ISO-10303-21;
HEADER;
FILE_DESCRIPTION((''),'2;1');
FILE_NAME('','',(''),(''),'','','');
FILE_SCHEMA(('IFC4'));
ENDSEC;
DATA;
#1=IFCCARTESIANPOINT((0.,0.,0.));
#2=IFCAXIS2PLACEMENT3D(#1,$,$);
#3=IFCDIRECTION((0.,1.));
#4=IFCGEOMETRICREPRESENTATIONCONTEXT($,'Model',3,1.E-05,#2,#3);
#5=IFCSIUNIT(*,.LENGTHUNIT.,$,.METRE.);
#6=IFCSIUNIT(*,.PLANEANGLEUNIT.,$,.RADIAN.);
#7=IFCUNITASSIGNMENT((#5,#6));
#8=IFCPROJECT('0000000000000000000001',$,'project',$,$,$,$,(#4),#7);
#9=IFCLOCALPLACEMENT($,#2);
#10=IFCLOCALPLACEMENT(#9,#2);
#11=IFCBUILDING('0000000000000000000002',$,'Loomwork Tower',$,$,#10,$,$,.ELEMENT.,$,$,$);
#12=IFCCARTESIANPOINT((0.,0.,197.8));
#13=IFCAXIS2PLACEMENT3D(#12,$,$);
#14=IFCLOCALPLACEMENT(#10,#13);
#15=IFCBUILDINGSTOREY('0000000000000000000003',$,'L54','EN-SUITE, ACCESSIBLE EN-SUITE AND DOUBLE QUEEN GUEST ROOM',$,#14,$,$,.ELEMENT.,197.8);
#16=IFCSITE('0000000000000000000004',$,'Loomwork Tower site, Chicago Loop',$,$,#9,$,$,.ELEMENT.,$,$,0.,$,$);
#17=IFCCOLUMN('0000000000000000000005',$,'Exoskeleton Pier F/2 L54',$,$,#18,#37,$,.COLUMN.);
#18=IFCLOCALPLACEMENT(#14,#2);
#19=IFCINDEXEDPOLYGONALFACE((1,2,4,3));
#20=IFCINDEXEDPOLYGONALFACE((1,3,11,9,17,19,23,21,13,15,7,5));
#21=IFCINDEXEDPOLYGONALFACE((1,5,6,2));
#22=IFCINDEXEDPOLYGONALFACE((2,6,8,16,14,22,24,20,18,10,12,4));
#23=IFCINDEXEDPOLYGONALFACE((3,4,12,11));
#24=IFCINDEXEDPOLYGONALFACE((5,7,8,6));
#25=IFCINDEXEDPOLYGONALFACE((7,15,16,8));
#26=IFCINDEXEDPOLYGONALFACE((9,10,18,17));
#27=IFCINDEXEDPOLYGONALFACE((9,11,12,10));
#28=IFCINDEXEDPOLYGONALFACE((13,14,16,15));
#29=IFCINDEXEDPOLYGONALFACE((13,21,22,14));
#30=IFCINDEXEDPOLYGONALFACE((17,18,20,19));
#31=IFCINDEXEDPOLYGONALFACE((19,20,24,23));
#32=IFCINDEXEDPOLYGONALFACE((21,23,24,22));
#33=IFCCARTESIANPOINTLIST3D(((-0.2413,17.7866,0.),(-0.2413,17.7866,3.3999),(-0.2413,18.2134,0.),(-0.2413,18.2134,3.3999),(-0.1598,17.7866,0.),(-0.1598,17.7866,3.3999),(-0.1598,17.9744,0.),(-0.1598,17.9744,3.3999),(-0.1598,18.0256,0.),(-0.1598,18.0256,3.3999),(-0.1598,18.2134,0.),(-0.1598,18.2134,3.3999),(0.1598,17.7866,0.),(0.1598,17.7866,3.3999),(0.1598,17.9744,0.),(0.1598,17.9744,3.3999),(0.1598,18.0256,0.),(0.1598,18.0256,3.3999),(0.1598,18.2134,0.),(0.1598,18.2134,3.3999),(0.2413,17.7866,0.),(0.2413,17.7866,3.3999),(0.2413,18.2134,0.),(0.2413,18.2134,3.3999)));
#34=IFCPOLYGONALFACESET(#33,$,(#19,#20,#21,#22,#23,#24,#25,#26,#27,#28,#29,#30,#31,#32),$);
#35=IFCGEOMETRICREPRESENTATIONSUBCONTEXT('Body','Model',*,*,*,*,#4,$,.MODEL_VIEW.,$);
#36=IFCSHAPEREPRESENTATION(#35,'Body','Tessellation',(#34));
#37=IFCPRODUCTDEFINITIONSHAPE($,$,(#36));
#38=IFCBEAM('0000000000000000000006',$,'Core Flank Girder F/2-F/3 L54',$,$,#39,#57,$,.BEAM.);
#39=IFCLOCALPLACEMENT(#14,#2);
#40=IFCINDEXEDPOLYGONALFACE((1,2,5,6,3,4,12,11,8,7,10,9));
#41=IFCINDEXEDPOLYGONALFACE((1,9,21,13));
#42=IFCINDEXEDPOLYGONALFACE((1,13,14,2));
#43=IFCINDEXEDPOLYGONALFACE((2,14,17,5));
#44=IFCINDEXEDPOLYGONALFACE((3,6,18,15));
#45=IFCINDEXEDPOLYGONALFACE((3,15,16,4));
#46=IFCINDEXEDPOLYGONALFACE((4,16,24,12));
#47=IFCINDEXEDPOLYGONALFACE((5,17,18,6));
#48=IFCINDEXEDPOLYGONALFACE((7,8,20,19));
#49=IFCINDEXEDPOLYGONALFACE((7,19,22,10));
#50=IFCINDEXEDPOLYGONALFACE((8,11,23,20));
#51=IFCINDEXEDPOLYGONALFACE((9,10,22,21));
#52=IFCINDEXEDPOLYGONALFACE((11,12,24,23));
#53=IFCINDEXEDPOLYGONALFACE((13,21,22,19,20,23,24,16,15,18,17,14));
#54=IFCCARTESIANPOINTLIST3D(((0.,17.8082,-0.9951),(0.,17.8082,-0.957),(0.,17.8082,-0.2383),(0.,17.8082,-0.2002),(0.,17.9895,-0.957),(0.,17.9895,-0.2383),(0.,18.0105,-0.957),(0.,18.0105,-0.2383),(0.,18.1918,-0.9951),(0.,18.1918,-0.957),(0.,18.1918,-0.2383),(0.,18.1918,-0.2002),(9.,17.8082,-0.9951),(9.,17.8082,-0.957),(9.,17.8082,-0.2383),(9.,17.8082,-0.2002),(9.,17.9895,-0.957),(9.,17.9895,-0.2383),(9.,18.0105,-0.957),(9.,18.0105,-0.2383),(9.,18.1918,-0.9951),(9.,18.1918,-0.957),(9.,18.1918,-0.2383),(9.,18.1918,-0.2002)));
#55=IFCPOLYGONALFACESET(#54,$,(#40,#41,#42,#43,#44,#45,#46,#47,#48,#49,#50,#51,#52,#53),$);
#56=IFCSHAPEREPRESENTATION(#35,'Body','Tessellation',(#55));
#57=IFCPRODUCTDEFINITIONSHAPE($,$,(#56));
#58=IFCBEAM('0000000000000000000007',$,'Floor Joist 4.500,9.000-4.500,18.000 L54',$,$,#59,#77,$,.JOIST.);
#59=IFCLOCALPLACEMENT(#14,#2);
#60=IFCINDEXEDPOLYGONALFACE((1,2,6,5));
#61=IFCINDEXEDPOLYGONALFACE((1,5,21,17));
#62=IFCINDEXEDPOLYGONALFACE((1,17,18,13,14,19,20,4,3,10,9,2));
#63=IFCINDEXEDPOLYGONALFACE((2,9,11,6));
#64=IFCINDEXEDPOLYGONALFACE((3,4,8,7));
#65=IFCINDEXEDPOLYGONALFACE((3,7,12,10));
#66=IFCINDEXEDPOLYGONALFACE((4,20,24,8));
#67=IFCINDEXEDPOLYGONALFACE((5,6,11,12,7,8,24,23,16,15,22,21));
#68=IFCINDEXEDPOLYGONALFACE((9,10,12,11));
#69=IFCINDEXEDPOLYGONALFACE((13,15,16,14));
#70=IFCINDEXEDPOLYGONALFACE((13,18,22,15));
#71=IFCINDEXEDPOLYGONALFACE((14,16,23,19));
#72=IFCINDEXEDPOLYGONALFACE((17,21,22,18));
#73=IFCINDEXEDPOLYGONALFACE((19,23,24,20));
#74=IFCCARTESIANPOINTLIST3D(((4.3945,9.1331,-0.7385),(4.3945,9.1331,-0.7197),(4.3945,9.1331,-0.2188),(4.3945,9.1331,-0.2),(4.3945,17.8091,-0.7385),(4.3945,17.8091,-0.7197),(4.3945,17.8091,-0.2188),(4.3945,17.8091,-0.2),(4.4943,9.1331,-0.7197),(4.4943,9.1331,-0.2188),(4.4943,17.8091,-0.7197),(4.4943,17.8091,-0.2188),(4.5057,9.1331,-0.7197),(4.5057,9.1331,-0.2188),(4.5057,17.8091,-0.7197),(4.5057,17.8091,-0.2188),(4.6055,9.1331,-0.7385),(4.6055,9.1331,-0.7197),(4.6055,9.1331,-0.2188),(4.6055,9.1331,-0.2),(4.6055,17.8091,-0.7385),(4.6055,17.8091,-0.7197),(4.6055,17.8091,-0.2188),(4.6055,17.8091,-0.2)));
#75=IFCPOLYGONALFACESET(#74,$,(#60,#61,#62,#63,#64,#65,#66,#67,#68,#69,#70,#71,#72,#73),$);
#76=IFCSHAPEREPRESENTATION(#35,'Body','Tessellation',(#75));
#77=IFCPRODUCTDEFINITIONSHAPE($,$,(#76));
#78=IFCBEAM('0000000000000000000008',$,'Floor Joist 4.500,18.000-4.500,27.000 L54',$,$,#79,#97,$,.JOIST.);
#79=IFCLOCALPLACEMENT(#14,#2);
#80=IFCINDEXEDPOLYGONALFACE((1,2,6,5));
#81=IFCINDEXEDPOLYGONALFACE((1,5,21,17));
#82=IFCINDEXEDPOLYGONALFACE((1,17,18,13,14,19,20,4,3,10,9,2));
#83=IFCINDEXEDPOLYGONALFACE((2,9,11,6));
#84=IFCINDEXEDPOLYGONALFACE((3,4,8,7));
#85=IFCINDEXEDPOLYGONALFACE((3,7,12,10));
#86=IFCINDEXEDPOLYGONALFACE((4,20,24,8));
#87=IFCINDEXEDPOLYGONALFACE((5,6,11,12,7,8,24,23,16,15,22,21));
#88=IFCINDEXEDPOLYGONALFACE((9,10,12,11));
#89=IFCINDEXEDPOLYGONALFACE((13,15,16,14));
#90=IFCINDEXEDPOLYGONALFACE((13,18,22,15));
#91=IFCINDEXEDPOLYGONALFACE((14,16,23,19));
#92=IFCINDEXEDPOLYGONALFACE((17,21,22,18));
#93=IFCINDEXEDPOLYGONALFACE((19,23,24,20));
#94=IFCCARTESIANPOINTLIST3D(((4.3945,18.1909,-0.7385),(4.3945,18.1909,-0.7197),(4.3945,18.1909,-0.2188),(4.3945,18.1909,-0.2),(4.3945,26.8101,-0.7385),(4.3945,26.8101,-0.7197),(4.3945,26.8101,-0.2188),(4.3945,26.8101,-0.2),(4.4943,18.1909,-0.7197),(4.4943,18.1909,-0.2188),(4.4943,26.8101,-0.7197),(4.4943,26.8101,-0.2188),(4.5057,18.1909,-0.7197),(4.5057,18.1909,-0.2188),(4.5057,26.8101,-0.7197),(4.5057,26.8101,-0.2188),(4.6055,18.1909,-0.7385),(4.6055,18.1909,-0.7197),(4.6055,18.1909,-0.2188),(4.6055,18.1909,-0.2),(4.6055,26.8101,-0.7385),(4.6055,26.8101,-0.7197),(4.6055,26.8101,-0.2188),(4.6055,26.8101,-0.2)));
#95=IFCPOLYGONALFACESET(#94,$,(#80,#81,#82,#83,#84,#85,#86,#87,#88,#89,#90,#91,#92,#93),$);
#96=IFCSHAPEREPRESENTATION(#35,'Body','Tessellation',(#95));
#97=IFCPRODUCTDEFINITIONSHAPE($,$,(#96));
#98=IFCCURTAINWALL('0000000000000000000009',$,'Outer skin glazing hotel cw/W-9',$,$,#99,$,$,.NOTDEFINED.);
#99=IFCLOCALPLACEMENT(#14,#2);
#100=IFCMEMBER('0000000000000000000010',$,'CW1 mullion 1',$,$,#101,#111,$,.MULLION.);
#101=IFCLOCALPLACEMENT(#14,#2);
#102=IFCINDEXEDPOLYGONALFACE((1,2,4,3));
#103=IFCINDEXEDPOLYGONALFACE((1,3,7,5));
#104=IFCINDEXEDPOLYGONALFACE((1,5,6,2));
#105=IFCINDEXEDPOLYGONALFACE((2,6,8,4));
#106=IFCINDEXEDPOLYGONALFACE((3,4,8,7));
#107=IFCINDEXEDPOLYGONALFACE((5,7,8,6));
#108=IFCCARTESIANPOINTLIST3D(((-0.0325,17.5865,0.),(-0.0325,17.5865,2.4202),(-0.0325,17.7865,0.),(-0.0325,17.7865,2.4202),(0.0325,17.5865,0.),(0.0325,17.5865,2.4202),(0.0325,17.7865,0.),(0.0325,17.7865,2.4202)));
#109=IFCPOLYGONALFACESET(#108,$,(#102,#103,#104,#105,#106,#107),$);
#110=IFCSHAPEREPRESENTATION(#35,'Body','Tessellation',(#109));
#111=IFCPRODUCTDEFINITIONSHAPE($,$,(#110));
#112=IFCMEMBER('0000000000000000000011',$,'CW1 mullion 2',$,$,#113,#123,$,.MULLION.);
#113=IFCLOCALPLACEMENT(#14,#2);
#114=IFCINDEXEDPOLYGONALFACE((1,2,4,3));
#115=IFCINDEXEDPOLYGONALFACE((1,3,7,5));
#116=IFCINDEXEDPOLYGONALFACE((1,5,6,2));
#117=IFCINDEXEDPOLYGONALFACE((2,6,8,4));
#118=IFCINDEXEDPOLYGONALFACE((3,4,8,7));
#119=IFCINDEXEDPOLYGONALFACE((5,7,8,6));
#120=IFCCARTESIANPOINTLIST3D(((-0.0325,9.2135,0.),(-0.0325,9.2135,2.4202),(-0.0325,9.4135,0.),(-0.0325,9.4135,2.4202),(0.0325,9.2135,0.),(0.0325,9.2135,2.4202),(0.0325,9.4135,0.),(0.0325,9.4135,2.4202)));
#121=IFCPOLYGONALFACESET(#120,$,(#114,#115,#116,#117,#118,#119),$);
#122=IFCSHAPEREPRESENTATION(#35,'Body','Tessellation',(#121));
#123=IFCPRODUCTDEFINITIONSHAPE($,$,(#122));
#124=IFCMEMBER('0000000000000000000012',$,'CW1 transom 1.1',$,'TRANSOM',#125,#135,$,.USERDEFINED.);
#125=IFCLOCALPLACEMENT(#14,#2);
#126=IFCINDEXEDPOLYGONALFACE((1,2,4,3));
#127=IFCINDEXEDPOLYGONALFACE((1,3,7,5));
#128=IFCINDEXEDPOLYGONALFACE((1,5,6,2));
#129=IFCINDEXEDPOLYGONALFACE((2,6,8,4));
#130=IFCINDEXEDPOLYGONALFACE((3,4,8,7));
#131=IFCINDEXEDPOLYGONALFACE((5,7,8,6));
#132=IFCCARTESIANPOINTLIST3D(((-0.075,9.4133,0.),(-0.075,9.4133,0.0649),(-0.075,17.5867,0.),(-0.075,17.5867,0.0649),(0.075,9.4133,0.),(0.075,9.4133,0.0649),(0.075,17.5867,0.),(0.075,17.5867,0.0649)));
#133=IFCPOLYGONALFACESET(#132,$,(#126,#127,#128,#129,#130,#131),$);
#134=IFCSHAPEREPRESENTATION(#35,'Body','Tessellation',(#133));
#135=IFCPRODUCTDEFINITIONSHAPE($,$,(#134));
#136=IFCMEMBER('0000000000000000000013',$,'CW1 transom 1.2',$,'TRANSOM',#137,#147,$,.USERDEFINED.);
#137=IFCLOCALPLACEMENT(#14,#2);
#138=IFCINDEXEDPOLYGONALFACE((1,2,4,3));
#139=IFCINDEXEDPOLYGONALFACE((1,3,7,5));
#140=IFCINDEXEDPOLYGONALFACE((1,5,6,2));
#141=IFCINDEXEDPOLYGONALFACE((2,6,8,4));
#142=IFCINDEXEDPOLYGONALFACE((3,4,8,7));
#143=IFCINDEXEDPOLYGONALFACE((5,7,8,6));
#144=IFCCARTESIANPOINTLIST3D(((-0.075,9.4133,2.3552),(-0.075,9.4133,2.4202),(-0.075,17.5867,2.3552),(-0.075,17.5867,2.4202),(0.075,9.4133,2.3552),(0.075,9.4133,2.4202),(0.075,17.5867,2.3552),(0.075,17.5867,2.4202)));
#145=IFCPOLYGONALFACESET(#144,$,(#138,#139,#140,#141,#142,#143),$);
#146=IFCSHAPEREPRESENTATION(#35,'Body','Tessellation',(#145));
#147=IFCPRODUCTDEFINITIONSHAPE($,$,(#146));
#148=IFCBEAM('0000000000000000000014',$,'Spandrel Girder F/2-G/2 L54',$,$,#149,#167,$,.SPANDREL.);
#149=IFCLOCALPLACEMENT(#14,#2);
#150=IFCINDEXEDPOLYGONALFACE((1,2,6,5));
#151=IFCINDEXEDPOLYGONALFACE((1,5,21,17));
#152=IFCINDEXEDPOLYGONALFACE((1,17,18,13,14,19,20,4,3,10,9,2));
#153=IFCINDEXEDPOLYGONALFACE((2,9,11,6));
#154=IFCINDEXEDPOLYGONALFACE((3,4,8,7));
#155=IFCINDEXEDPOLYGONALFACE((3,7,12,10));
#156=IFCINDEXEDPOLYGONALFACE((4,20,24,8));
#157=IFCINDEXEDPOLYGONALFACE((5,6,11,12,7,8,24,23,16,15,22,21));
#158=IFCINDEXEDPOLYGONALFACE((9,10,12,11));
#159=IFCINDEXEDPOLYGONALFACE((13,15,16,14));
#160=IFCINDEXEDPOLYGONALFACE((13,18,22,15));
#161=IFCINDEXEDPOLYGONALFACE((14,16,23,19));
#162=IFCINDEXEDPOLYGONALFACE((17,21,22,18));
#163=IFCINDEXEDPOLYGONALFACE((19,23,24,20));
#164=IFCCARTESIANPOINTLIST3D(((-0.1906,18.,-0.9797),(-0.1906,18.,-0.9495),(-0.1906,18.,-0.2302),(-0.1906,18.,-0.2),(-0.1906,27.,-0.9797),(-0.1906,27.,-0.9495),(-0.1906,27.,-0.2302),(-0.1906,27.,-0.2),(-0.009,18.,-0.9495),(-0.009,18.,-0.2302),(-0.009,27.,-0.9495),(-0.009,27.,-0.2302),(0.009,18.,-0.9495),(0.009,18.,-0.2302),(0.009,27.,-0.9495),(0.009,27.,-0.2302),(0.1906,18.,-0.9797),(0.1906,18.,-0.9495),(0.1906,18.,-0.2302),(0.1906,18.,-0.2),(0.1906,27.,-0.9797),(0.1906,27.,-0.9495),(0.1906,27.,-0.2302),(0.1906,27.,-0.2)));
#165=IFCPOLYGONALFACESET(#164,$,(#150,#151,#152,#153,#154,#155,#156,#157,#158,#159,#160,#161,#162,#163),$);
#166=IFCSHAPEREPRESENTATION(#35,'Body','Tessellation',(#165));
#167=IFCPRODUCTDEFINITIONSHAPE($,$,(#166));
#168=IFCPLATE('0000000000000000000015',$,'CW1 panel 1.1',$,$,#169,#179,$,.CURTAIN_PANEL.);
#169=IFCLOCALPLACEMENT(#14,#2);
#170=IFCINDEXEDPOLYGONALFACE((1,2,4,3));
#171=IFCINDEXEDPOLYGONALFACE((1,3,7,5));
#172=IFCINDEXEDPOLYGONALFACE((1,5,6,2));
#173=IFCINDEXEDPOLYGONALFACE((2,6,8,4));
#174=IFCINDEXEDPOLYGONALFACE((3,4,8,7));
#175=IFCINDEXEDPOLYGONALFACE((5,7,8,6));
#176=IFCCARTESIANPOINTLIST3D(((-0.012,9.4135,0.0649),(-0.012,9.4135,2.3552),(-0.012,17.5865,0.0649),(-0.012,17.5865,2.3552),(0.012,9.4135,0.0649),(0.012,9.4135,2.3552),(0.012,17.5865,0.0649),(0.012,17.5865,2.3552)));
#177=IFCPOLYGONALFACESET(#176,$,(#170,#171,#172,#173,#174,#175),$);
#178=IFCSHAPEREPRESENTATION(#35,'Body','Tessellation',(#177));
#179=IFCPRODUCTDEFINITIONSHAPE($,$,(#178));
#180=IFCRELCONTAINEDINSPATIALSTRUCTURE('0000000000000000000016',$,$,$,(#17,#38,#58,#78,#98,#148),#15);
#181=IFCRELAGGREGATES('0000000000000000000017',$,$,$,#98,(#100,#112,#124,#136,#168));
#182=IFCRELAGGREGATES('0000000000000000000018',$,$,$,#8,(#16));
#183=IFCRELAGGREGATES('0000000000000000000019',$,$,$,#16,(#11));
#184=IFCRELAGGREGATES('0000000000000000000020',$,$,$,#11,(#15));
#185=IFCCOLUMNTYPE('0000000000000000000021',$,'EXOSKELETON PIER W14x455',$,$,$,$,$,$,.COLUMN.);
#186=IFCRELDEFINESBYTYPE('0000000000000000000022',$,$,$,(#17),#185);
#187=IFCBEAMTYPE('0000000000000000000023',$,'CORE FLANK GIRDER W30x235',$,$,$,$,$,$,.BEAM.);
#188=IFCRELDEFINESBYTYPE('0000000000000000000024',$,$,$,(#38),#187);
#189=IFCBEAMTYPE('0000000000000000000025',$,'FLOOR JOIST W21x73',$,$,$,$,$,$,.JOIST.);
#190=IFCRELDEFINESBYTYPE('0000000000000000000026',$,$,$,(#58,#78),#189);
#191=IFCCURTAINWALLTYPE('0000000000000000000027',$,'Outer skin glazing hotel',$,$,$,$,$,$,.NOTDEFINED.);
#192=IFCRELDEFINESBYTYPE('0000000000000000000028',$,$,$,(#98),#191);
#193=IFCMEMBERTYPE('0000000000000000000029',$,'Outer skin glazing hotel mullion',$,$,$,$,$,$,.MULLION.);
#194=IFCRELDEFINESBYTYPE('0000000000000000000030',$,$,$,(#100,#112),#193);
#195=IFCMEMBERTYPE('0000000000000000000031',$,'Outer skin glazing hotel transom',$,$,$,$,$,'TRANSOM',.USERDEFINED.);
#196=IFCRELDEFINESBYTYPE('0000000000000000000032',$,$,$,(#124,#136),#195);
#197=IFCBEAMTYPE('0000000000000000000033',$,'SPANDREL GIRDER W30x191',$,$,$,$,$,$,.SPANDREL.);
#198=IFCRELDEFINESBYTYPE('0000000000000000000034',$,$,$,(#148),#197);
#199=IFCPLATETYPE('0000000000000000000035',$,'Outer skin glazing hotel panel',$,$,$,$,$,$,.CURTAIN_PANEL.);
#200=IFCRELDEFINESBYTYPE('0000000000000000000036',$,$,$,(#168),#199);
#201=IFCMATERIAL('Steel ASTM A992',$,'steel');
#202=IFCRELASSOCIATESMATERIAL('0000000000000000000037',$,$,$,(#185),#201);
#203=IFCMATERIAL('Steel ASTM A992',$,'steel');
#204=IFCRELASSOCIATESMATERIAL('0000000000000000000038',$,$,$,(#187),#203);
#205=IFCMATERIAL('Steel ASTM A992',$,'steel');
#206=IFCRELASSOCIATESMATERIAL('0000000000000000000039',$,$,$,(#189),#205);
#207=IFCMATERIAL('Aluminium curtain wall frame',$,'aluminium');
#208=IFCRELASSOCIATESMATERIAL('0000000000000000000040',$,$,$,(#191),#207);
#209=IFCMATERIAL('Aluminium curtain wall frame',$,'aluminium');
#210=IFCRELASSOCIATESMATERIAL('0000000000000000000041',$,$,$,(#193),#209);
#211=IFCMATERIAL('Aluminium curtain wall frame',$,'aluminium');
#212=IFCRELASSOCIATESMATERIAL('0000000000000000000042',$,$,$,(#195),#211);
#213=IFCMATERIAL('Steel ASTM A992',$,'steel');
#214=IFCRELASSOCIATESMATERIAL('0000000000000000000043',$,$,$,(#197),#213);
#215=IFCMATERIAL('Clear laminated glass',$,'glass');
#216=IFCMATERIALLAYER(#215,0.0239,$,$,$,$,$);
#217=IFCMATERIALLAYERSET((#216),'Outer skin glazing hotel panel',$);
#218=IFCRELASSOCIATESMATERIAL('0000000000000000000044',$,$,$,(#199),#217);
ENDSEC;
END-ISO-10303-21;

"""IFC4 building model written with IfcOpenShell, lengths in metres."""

from ifc_helpers import new_model, si_unit, direction, frame, origin, origin_2d, place, context, subcontext, project, spatial, rectangle, i_section, extrude, material, layer, layer_set, material_profile, profile_set, type_object, element, aggregate, save


model = new_model("IFC4")

# Units and contexts
model_context = context("Model", 3, precision=1e-05, world=origin(), true_north=direction((0.0, 1.0)))
body_context = subcontext(model_context, "Body", "Model", "MODEL_VIEW")
ifc_project = project(units=[si_unit("LENGTHUNIT", "METRE"), si_unit("PLANEANGLEUNIT", "RADIAN")], contexts=[model_context])

# Site, building, storey
site_placement = place(None, origin())
site = spatial("IfcSite", under=ifc_project, at=site_placement, Name="Loomwork Tower site, Chicago Loop", CompositionType="ELEMENT", RefElevation=0.0)
building_placement = place(site_placement, origin())
building = spatial("IfcBuilding", under=site, at=building_placement, Name="Loomwork Tower", CompositionType="ELEMENT")
storey_placement = place(building_placement, frame((0.0, 0.0, 197.8)))
storey = spatial("IfcBuildingStorey", under=building, at=storey_placement, Name="L54", Description="EN-SUITE, ACCESSIBLE EN-SUITE AND DOUBLE QUEEN GUEST ROOM", CompositionType="ELEMENT", Elevation=197.8)

# Column
ifc_material_1 = material(Name="Steel ASTM A992", Category="steel")
ifc_material_profile_1 = material_profile(ifc_material_1, i_section(OverallWidth=0.4268, OverallDepth=0.4827, WebThickness=0.0513, FlangeThickness=0.0815, at=origin_2d()), Name="W14x455")
ifc_profile_set_1 = profile_set([ifc_material_profile_1], Name="Steel ASTM A992")
column_type = type_object("IfcColumnType", Name="EXOSKELETON PIER W14x455", PredefinedType="COLUMN", material=ifc_profile_set_1)
column_placement = place(storey_placement, frame((0.0, 18.0, 0.0), z_axis=(0.0, 0.0, 1.0), x_axis=(0.0, 1.0, 0.0)))
element("IfcColumn", 1, at=column_placement, inside=storey, type_object=column_type, Name="Exoskeleton Pier F/2 L54", PredefinedType="COLUMN", context=body_context, shape_type="SweptSolid", body=[
    extrude(i_section(OverallWidth=0.4268, OverallDepth=0.4827, WebThickness=0.0513, FlangeThickness=0.0815, at=origin_2d()), origin(), (0.0, 0.0, 1.0), 3.3999),
])

# Beams
ifc_material_2 = material(Name="Steel ASTM A992", Category="steel")
ifc_material_profile_2 = material_profile(ifc_material_2, i_section(OverallWidth=0.3835, OverallDepth=0.7949, WebThickness=0.021, FlangeThickness=0.0381, at=origin_2d()), Name="W30x235")
ifc_profile_set_2 = profile_set([ifc_material_profile_2], Name="Steel ASTM A992")
beam_type_1 = type_object("IfcBeamType", Name="CORE FLANK GIRDER W30x235", PredefinedType="BEAM", material=ifc_profile_set_2)
beam_1_placement = place(storey_placement, frame((0.0, 18.0, -0.5977), z_axis=(1.0, 0.0, 0.0), x_axis=(0.0, 1.0, 0.0)))
element("IfcBeam", 2, at=beam_1_placement, inside=storey, type_object=beam_type_1, Name="Core Flank Girder F/2-F/3 L54", PredefinedType="BEAM", context=body_context, shape_type="SweptSolid", body=[
    extrude(i_section(OverallWidth=0.3835, OverallDepth=0.7949, WebThickness=0.021, FlangeThickness=0.0381, at=origin_2d()), origin(), (0.0, 0.0, 1.0), 9.0),
])
ifc_material_3 = material(Name="Steel ASTM A992", Category="steel")
ifc_material_profile_3 = material_profile(ifc_material_3, i_section(OverallWidth=0.2109, OverallDepth=0.5386, WebThickness=0.0115, FlangeThickness=0.0188, at=origin_2d()), Name="W21x73")
ifc_profile_set_3 = profile_set([ifc_material_profile_3], Name="Steel ASTM A992")
beam_type_2 = type_object("IfcBeamType", Name="FLOOR JOIST W21x73", PredefinedType="JOIST", material=ifc_profile_set_3)
beam_2_placement = place(storey_placement, frame((4.5, 9.1331, -0.4692), z_axis=(0.0, 1.0, 0.0), x_axis=(-1.0, 0.0, 0.0)))
element("IfcBeam", 3, at=beam_2_placement, inside=storey, type_object=beam_type_2, Name="Floor Joist 4.500,9.000-4.500,18.000 L54", PredefinedType="JOIST", context=body_context, shape_type="SweptSolid", body=[
    extrude(i_section(OverallWidth=0.2109, OverallDepth=0.5386, WebThickness=0.0115, FlangeThickness=0.0188, at=origin_2d()), origin(), (0.0, 0.0, 1.0), 8.676),
])
beam_3_placement = place(storey_placement, frame((4.5, 18.1909, -0.4692), z_axis=(0.0, 1.0, 0.0), x_axis=(-1.0, 0.0, 0.0)))
element("IfcBeam", 4, at=beam_3_placement, inside=storey, type_object=beam_type_2, Name="Floor Joist 4.500,18.000-4.500,27.000 L54", PredefinedType="JOIST", context=body_context, shape_type="SweptSolid", body=[
    extrude(i_section(OverallWidth=0.2109, OverallDepth=0.5386, WebThickness=0.0115, FlangeThickness=0.0188, at=origin_2d()), origin(), (0.0, 0.0, 1.0), 8.6191),
])

# Curtain wall, members
ifc_material_4 = material(Name="Aluminium curtain wall frame", Category="aluminium")
curtain_wall_type = type_object("IfcCurtainWallType", Name="Outer skin glazing hotel", PredefinedType="NOTDEFINED", material=ifc_material_4)
curtain_wall_placement = place(storey_placement, origin())
curtain_wall = element("IfcCurtainWall", 5, at=curtain_wall_placement, inside=storey, type_object=curtain_wall_type, Name="Outer skin glazing hotel cw/W-9", PredefinedType="NOTDEFINED")
ifc_material_5 = material(Name="Aluminium curtain wall frame", Category="aluminium")
ifc_material_profile_4 = material_profile(ifc_material_5, rectangle(XDim=0.0649, YDim=0.2, at=origin_2d()), Name="AL 65x200")
ifc_profile_set_4 = profile_set([ifc_material_profile_4], Name="Aluminium curtain wall frame")
member_type_1 = type_object("IfcMemberType", Name="Outer skin glazing hotel mullion", PredefinedType="MULLION", material=ifc_profile_set_4)
member_1_placement = place(storey_placement, frame((0.0, 17.6865, 0.0), z_axis=(0.0, 0.0, 1.0), x_axis=(1.0, 0.0, 0.0)))
member_1 = element("IfcMember", 6, at=member_1_placement, type_object=member_type_1, Name="CW1 mullion 1", PredefinedType="MULLION", context=body_context, shape_type="SweptSolid", body=[
    extrude(rectangle(XDim=0.0649, YDim=0.2, at=origin_2d()), origin(), (0.0, 0.0, 1.0), 2.4202),
])
member_2_placement = place(storey_placement, frame((0.0, 9.3135, 0.0), z_axis=(0.0, 0.0, 1.0), x_axis=(1.0, 0.0, 0.0)))
member_2 = element("IfcMember", 7, at=member_2_placement, type_object=member_type_1, Name="CW1 mullion 2", PredefinedType="MULLION", context=body_context, shape_type="SweptSolid", body=[
    extrude(rectangle(XDim=0.0649, YDim=0.2, at=origin_2d()), origin(), (0.0, 0.0, 1.0), 2.4202),
])
ifc_material_6 = material(Name="Aluminium curtain wall frame", Category="aluminium")
ifc_material_profile_5 = material_profile(ifc_material_6, rectangle(XDim=0.1499, YDim=0.0649, at=origin_2d()), Name="AL 65x150")
ifc_profile_set_5 = profile_set([ifc_material_profile_5], Name="Aluminium curtain wall frame")
member_type_2 = type_object("IfcMemberType", Name="Outer skin glazing hotel transom", ElementType="TRANSOM", PredefinedType="USERDEFINED", material=ifc_profile_set_5)
member_3_placement = place(storey_placement, frame((0.0, 17.5867, 0.0325), z_axis=(0.0, -1.0, 0.0), x_axis=(1.0, 0.0, 0.0)))
member_3 = element("IfcMember", 8, at=member_3_placement, type_object=member_type_2, Name="CW1 transom 1.1", ObjectType="TRANSOM", PredefinedType="USERDEFINED", context=body_context, shape_type="SweptSolid", body=[
    extrude(rectangle(XDim=0.1499, YDim=0.0649, at=origin_2d()), origin(), (0.0, 0.0, 1.0), 8.1733),
])
member_4_placement = place(storey_placement, frame((0.0, 17.5867, 2.3877), z_axis=(0.0, -1.0, 0.0), x_axis=(1.0, 0.0, 0.0)))
member_4 = element("IfcMember", 9, at=member_4_placement, type_object=member_type_2, Name="CW1 transom 1.2", ObjectType="TRANSOM", PredefinedType="USERDEFINED", context=body_context, shape_type="SweptSolid", body=[
    extrude(rectangle(XDim=0.1499, YDim=0.0649, at=origin_2d()), origin(), (0.0, 0.0, 1.0), 8.1733),
])

# Beam
ifc_material_7 = material(Name="Steel ASTM A992", Category="steel")
ifc_material_profile_6 = material_profile(ifc_material_7, i_section(OverallWidth=0.3811, OverallDepth=0.7798, WebThickness=0.0181, FlangeThickness=0.0303, at=origin_2d()), Name="W30x191")
ifc_profile_set_6 = profile_set([ifc_material_profile_6], Name="Steel ASTM A992")
beam_type_3 = type_object("IfcBeamType", Name="SPANDREL GIRDER W30x191", PredefinedType="SPANDREL", material=ifc_profile_set_6)
beam_4_placement = place(storey_placement, frame((0.0, 18.0, -0.5898), z_axis=(0.0, 1.0, 0.0), x_axis=(-1.0, 0.0, 0.0)))
element("IfcBeam", 10, at=beam_4_placement, inside=storey, type_object=beam_type_3, Name="Spandrel Girder F/2-G/2 L54", PredefinedType="SPANDREL", context=body_context, shape_type="SweptSolid", body=[
    extrude(i_section(OverallWidth=0.3811, OverallDepth=0.7798, WebThickness=0.0181, FlangeThickness=0.0303, at=origin_2d()), origin(), (0.0, 0.0, 1.0), 9.0),
])

# Plate
ifc_material_8 = material(Name="Clear laminated glass", Category="glass")
ifc_layer_1 = layer(ifc_material_8, 0.0239)
ifc_layer_set_1 = layer_set([ifc_layer_1], Name="Outer skin glazing hotel panel")
plate_type = type_object("IfcPlateType", Name="Outer skin glazing hotel panel", PredefinedType="CURTAIN_PANEL", material=ifc_layer_set_1)
plate_placement = place(storey_placement, frame((0.0, 13.5, 0.0649), z_axis=(0.0, 0.0, 1.0), x_axis=(0.0, -1.0, 0.0)))
plate = element("IfcPlate", 11, at=plate_placement, type_object=plate_type, Name="CW1 panel 1.1", PredefinedType="CURTAIN_PANEL", context=body_context, shape_type="SweptSolid", body=[
    extrude(rectangle(XDim=8.1731, YDim=0.0239, at=origin_2d()), origin(), (0.0, 0.0, 1.0), 2.2903),
])
aggregate(curtain_wall, [member_1, member_2, member_3, member_4, plate])

save(model, "model.ifc")
